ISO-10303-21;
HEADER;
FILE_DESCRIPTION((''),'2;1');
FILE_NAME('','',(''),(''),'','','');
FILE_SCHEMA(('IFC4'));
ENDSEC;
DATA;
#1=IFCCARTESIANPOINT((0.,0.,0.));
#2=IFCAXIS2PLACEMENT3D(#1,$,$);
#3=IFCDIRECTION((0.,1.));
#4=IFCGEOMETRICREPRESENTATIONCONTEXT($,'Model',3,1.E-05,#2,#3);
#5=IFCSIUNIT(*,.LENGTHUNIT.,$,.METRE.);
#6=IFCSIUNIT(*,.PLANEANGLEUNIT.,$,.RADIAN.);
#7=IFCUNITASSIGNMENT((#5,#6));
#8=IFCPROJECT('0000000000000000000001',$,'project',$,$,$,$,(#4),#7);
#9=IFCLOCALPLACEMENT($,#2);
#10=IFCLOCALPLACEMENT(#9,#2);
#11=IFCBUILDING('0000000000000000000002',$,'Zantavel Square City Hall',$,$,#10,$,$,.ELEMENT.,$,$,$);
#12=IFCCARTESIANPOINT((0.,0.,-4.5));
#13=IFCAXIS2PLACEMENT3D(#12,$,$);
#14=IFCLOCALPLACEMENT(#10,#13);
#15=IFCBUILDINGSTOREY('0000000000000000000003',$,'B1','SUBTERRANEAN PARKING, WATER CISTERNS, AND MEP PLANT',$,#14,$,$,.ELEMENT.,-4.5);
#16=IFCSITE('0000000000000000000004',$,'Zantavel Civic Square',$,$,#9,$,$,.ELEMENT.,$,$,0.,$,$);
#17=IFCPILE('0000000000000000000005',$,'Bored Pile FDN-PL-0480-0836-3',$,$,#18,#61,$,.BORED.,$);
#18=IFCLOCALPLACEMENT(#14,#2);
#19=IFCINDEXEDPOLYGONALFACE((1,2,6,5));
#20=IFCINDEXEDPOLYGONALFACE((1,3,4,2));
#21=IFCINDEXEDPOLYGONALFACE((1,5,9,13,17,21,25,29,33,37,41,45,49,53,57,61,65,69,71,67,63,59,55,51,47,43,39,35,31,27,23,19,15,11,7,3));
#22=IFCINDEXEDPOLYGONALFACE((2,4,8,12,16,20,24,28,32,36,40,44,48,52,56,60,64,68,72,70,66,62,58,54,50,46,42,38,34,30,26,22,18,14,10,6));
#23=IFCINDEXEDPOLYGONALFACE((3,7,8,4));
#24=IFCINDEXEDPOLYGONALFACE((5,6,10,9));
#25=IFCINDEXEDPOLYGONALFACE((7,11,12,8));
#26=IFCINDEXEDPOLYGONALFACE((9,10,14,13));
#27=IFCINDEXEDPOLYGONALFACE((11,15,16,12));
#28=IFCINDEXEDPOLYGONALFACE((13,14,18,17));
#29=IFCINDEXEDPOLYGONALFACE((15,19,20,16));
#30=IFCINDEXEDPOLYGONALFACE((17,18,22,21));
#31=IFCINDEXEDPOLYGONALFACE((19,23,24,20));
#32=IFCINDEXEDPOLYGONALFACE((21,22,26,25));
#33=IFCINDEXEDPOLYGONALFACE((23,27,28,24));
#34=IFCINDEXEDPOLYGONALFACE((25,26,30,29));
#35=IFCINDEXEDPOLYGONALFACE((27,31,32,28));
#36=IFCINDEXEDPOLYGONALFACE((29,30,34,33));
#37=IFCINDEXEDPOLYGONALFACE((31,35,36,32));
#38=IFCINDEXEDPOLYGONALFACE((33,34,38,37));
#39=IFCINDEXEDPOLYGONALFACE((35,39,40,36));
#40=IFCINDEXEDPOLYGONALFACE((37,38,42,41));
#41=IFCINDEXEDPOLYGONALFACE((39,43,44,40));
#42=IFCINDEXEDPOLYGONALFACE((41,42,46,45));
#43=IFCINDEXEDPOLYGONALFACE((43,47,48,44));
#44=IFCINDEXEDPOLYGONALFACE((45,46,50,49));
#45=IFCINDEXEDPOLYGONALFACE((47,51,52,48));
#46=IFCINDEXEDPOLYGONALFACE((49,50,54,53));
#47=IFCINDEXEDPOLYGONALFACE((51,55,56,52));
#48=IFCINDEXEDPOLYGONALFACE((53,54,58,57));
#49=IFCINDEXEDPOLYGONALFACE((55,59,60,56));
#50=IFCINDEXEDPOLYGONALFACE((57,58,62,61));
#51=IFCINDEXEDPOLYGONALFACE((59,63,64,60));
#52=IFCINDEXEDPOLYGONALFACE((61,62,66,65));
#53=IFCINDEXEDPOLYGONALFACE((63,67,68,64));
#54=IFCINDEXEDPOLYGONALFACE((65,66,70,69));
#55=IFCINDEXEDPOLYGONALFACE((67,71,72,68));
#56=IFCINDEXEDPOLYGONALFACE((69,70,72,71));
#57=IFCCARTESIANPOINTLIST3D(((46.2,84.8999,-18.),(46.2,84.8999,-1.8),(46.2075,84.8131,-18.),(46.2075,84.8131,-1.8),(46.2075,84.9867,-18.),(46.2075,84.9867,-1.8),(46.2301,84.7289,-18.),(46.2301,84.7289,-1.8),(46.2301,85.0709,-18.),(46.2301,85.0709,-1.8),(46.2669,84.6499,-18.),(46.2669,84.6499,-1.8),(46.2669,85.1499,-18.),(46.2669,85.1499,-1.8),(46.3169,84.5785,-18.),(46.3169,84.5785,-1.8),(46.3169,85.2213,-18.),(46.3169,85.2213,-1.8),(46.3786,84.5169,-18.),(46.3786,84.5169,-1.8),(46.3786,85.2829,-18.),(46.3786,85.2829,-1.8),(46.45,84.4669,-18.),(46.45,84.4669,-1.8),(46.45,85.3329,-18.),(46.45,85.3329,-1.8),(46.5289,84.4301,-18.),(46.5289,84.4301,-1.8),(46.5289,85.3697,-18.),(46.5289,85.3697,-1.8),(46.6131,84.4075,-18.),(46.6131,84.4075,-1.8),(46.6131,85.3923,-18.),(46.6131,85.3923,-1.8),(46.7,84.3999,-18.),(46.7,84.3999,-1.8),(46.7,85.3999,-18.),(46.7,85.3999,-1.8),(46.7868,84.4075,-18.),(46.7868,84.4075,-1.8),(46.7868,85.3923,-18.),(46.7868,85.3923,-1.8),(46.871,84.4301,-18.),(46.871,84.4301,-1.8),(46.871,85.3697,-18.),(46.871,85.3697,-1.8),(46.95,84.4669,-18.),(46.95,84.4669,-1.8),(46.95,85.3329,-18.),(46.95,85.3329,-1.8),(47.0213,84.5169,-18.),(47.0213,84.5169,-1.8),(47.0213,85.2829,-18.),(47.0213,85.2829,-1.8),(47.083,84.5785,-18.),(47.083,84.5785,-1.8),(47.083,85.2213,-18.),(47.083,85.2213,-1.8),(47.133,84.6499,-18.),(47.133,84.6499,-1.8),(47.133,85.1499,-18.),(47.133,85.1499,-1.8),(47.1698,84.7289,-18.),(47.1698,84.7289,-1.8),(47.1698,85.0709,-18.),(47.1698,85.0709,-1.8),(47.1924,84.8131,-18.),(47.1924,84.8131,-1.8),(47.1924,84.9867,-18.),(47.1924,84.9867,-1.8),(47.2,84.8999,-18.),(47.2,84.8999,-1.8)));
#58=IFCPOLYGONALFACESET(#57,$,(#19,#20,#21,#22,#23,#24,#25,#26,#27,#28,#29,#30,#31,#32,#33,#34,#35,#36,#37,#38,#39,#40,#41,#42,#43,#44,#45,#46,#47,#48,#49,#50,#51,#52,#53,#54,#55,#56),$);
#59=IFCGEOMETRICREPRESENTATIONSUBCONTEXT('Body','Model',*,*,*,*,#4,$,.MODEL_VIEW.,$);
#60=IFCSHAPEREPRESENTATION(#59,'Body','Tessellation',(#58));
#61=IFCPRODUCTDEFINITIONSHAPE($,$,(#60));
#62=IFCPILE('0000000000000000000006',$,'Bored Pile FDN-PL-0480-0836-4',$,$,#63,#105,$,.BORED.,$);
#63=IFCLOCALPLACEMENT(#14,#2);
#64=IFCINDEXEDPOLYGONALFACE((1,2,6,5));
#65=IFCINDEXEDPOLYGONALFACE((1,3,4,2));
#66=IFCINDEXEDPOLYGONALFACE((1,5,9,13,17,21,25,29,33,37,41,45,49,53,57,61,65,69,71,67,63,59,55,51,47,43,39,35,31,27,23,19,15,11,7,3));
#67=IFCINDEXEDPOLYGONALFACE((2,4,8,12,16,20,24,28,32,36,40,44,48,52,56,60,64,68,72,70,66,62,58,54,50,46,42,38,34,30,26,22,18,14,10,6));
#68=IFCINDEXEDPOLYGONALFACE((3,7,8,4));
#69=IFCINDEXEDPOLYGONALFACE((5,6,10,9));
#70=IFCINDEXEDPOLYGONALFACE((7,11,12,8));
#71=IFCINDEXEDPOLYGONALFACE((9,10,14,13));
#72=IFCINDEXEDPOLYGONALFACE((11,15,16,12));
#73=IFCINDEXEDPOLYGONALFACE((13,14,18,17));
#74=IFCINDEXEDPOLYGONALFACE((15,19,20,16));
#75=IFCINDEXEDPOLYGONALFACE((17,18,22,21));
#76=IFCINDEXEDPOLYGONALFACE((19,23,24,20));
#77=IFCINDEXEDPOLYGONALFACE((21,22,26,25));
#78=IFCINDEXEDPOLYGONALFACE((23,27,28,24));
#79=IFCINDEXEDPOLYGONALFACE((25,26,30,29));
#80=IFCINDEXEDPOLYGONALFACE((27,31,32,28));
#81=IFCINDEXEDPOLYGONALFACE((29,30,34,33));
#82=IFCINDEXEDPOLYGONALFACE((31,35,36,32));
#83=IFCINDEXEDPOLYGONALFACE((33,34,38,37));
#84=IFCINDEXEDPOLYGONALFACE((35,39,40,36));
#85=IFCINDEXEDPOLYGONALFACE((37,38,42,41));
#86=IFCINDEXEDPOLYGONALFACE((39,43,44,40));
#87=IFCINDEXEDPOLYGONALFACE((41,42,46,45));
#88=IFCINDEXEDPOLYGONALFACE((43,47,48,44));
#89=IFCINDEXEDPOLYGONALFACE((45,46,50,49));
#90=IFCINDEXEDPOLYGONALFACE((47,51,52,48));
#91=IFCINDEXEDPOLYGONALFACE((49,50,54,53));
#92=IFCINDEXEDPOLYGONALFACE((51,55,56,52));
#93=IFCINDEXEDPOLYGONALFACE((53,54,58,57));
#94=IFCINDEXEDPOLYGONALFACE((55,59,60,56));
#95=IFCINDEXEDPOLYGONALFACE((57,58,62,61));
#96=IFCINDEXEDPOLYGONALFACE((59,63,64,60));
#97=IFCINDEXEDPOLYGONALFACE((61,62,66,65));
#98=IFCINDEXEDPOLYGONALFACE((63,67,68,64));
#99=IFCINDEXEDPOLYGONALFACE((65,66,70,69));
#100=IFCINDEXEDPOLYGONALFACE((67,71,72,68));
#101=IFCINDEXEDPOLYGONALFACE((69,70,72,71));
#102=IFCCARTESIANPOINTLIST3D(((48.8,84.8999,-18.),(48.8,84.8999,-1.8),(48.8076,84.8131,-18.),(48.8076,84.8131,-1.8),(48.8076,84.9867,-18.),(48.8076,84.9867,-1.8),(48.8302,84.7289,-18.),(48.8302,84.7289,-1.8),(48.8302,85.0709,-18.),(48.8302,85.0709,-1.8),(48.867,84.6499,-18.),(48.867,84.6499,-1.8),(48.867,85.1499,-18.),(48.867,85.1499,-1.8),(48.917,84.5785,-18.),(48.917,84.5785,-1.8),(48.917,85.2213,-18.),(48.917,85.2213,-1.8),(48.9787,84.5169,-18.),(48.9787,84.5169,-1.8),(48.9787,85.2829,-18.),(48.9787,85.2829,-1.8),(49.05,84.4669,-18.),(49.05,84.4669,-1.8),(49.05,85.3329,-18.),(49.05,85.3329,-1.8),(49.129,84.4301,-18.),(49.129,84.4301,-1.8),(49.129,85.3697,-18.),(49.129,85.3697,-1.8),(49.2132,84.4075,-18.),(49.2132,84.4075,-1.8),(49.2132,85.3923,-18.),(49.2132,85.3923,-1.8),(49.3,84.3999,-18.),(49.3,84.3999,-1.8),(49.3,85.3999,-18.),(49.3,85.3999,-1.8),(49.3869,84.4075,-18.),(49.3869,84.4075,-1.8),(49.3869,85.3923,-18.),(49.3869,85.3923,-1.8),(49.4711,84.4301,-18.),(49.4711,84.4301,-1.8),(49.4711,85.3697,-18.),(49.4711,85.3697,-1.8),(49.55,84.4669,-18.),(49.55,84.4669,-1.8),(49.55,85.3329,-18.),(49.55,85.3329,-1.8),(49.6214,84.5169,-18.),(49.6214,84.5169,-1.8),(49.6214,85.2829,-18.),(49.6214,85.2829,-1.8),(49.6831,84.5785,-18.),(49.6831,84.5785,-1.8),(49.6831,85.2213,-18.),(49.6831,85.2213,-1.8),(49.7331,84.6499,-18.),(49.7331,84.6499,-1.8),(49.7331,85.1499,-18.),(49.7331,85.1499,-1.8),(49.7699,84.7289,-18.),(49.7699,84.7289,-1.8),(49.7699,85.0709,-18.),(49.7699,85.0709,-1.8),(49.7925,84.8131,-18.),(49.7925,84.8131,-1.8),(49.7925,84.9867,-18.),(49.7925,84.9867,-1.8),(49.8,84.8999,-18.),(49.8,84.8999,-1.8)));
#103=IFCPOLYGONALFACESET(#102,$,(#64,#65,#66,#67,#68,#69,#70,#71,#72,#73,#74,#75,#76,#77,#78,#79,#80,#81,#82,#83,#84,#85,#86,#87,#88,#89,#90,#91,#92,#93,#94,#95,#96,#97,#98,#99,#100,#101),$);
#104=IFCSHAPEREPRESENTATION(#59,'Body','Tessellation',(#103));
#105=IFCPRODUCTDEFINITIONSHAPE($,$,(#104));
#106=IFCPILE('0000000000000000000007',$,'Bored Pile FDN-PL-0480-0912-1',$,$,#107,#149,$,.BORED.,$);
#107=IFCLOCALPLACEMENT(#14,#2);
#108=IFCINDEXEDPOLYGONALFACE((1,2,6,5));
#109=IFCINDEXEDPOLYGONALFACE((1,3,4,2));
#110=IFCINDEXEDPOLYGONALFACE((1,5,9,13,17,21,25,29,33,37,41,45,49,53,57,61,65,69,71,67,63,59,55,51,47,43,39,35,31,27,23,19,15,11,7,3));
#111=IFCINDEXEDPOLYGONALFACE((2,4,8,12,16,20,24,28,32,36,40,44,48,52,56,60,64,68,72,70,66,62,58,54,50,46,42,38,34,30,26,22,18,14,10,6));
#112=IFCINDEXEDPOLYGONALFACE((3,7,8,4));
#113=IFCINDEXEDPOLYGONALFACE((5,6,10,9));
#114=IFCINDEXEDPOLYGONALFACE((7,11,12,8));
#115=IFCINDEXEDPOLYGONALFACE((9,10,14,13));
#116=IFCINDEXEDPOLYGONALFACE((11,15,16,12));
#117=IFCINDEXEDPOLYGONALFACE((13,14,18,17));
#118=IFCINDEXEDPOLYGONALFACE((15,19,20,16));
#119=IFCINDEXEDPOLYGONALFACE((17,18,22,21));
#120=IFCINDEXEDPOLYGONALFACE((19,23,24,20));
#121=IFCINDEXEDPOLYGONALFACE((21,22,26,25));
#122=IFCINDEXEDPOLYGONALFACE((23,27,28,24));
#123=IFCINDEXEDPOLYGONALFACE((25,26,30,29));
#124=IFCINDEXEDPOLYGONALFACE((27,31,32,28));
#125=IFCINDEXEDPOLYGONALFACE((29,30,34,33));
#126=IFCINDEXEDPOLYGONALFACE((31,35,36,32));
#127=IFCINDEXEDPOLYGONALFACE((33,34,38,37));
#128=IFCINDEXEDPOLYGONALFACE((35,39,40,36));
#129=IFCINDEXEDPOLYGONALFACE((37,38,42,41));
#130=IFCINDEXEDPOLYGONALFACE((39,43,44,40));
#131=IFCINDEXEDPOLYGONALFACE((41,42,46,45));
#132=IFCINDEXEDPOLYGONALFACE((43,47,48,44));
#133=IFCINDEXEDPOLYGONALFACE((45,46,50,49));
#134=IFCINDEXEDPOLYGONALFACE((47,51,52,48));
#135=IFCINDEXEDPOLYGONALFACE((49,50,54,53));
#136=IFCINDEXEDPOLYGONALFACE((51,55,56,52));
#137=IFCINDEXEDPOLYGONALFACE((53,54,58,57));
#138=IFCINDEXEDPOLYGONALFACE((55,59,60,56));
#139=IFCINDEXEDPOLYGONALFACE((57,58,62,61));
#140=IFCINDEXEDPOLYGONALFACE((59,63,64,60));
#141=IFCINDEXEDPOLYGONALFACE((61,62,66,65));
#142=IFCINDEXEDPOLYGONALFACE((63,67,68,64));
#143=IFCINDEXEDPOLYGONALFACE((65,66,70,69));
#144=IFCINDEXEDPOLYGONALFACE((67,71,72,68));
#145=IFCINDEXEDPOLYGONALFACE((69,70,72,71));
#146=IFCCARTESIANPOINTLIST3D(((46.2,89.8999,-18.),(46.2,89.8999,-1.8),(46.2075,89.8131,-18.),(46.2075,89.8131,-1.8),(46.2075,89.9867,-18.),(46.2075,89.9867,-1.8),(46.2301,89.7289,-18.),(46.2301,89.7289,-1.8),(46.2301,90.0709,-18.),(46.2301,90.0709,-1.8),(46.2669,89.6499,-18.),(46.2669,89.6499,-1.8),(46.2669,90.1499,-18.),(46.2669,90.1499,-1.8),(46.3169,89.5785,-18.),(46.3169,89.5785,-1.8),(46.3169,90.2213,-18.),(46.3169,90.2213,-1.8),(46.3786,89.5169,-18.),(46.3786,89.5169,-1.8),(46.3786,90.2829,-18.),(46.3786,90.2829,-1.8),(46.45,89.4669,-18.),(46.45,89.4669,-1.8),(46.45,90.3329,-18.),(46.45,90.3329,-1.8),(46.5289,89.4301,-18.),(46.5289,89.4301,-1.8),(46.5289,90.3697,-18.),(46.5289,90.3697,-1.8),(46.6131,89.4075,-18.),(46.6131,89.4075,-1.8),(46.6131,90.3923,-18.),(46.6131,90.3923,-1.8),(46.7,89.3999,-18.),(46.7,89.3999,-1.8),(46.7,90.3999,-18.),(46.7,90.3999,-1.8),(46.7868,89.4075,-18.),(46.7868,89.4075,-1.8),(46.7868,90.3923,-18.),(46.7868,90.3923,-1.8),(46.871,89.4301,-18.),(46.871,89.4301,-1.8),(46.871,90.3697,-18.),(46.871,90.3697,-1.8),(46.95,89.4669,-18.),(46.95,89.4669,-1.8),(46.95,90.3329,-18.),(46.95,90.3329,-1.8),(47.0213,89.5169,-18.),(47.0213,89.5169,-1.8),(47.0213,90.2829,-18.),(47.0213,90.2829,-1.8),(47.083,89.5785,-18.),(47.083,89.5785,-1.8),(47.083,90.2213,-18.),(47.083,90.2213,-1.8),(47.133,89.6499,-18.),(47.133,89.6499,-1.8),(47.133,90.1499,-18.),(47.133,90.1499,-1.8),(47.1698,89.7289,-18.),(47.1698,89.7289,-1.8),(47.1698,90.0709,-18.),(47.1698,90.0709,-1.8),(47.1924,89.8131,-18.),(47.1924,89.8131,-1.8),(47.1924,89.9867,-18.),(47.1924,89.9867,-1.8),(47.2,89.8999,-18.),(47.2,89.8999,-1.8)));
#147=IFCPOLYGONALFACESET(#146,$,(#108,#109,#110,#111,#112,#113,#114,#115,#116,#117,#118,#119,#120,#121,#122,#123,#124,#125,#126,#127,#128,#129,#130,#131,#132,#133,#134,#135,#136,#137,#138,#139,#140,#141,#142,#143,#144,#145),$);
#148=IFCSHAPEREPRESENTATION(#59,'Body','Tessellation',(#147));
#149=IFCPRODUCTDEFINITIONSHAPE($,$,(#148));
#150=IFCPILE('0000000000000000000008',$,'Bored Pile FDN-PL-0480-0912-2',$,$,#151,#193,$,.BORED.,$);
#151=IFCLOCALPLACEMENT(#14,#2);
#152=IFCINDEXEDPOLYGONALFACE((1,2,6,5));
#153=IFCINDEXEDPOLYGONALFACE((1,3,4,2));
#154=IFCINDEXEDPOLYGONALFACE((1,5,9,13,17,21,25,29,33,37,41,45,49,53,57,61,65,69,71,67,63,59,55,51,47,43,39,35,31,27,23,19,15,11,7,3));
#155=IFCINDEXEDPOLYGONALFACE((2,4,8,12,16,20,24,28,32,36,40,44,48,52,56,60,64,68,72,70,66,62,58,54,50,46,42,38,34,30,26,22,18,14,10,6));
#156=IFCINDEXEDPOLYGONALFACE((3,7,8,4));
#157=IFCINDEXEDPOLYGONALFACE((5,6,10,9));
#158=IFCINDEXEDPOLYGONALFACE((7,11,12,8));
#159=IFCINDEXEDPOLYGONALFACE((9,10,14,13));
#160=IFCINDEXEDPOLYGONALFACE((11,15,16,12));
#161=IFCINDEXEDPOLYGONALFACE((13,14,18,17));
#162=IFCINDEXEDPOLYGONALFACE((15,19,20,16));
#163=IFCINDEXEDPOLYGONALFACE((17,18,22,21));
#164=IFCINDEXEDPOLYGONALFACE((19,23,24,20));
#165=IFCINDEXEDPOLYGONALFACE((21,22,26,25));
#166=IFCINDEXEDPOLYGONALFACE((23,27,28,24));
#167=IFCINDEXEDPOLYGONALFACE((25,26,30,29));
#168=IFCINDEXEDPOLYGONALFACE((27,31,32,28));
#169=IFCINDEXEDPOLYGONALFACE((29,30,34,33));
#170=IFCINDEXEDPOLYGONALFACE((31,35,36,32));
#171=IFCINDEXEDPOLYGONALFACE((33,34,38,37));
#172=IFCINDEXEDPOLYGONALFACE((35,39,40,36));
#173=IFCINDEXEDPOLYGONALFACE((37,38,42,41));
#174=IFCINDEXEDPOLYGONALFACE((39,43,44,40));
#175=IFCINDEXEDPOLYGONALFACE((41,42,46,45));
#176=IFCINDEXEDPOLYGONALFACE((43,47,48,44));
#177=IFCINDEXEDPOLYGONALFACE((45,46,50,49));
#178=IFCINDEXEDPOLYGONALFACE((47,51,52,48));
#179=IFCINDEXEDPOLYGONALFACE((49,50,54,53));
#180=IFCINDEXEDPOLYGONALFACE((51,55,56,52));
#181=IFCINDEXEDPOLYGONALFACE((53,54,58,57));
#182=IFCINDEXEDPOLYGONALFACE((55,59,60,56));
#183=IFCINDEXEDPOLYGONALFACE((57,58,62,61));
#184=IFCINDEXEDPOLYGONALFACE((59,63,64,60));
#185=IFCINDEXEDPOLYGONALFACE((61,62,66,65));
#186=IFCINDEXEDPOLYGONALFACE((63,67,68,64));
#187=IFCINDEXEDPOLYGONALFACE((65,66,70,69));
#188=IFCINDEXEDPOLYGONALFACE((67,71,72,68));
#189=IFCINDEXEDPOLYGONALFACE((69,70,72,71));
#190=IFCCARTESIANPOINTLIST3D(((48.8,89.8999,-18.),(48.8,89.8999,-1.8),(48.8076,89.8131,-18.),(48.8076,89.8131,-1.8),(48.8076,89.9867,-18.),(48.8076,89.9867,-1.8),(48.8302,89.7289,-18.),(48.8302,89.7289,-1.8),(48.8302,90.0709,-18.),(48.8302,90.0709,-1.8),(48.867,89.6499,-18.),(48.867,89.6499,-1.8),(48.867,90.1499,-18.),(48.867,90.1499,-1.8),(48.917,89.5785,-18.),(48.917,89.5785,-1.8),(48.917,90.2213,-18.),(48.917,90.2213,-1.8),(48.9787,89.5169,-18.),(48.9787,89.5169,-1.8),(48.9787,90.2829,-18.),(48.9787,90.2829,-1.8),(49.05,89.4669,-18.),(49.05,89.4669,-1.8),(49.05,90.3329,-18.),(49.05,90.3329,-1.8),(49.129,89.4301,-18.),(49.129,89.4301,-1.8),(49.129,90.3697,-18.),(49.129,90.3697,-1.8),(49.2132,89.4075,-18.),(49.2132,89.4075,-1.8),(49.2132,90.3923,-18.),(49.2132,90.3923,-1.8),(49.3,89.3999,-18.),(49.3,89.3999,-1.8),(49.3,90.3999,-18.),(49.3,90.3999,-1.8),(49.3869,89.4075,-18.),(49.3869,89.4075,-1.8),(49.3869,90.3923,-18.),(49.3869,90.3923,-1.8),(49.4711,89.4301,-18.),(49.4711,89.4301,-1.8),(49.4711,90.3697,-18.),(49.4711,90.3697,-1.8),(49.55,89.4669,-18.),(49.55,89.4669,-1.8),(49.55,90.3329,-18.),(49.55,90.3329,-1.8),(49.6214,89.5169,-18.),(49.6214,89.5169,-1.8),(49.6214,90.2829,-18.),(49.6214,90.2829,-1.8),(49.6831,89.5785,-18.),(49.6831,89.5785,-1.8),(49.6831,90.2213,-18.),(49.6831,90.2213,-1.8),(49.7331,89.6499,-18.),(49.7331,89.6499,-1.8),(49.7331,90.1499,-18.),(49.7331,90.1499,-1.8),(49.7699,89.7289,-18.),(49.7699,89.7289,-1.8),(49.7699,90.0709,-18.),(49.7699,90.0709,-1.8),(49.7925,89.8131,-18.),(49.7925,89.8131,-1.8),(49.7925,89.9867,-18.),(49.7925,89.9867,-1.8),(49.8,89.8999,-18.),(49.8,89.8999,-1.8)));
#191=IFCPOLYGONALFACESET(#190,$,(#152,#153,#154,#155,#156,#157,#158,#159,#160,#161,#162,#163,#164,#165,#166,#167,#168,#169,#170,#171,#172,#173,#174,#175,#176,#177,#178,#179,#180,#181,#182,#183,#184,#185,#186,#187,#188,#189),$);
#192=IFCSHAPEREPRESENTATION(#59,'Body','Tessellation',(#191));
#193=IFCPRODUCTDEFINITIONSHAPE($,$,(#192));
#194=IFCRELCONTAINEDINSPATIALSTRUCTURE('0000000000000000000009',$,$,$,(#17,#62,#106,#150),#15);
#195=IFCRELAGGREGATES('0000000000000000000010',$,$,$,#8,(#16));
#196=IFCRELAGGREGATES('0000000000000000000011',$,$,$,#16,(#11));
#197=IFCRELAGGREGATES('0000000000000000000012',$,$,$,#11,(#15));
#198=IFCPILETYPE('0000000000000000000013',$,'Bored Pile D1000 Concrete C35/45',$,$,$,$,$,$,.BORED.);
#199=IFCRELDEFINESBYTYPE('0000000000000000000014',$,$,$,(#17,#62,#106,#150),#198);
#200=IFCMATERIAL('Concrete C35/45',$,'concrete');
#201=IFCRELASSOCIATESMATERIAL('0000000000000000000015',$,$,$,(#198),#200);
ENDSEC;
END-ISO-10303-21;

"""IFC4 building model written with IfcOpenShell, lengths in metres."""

from ifc_helpers import new_model, si_unit, direction, frame, origin, origin_2d, place, context, subcontext, project, spatial, circle, extrude, material, material_profile, profile_set, type_object, element, save


model = new_model("IFC4")

# Units and contexts
model_context = context("Model", 3, precision=1e-05, world=origin(), true_north=direction((0.0, 1.0)))
body_context = subcontext(model_context, "Body", "Model", "MODEL_VIEW")
ifc_project = project(units=[si_unit("LENGTHUNIT", "METRE"), si_unit("PLANEANGLEUNIT", "RADIAN")], contexts=[model_context])

# Site, building, storey
site_placement = place(None, origin())
site = spatial("IfcSite", under=ifc_project, at=site_placement, Name="Zantavel Civic Square", CompositionType="ELEMENT", RefElevation=0.0)
building_placement = place(site_placement, origin())
building = spatial("IfcBuilding", under=site, at=building_placement, Name="Zantavel Square City Hall", CompositionType="ELEMENT")
storey_placement = place(building_placement, frame((0.0, 0.0, -4.5)))
storey = spatial("IfcBuildingStorey", under=building, at=storey_placement, Name="B1", Description="SUBTERRANEAN PARKING, WATER CISTERNS, AND MEP PLANT", CompositionType="ELEMENT", Elevation=-4.5)

# Piles
ifc_material_1 = material(Name="Concrete C35/45", Category="concrete")
ifc_material_profile_1 = material_profile(ifc_material_1, circle(Radius=0.5, at=origin_2d()), Name="PILE D1000")
ifc_profile_set_1 = profile_set([ifc_material_profile_1], Name="Concrete C35/45")
pile_type = type_object("IfcPileType", Name="Bored Pile D1000 Concrete C35/45", PredefinedType="BORED", material=ifc_profile_set_1)
for number, where, z_axis, x_axis, name in (
    (1, (46.7, 84.8999, -1.8), (0.0, 0.0, -1.0), (1.0, 0.0, 0.0), "Bored Pile FDN-PL-0480-0836-3"),
    (2, (49.3, 84.8999, -1.8), (0.0, 0.0, -1.0), (1.0, 0.0, 0.0), "Bored Pile FDN-PL-0480-0836-4"),
    (3, (46.7, 89.8999, -1.8), (0.0, 0.0, -1.0), (1.0, 0.0, 0.0), "Bored Pile FDN-PL-0480-0912-1"),
    (4, (49.3, 89.8999, -1.8), (0.0, 0.0, -1.0), (1.0, 0.0, 0.0), "Bored Pile FDN-PL-0480-0912-2"),
):
    element("IfcPile", number, at=place(storey_placement, frame(where, z_axis=z_axis, x_axis=x_axis)), inside=storey, type_object=pile_type, Name=name, PredefinedType="BORED", context=body_context, shape_type="SweptSolid", body=[
        extrude(circle(Radius=0.5, at=origin_2d()), origin(), (0.0, 0.0, 1.0), 16.2),
    ])

save(model, "model.ifc")
